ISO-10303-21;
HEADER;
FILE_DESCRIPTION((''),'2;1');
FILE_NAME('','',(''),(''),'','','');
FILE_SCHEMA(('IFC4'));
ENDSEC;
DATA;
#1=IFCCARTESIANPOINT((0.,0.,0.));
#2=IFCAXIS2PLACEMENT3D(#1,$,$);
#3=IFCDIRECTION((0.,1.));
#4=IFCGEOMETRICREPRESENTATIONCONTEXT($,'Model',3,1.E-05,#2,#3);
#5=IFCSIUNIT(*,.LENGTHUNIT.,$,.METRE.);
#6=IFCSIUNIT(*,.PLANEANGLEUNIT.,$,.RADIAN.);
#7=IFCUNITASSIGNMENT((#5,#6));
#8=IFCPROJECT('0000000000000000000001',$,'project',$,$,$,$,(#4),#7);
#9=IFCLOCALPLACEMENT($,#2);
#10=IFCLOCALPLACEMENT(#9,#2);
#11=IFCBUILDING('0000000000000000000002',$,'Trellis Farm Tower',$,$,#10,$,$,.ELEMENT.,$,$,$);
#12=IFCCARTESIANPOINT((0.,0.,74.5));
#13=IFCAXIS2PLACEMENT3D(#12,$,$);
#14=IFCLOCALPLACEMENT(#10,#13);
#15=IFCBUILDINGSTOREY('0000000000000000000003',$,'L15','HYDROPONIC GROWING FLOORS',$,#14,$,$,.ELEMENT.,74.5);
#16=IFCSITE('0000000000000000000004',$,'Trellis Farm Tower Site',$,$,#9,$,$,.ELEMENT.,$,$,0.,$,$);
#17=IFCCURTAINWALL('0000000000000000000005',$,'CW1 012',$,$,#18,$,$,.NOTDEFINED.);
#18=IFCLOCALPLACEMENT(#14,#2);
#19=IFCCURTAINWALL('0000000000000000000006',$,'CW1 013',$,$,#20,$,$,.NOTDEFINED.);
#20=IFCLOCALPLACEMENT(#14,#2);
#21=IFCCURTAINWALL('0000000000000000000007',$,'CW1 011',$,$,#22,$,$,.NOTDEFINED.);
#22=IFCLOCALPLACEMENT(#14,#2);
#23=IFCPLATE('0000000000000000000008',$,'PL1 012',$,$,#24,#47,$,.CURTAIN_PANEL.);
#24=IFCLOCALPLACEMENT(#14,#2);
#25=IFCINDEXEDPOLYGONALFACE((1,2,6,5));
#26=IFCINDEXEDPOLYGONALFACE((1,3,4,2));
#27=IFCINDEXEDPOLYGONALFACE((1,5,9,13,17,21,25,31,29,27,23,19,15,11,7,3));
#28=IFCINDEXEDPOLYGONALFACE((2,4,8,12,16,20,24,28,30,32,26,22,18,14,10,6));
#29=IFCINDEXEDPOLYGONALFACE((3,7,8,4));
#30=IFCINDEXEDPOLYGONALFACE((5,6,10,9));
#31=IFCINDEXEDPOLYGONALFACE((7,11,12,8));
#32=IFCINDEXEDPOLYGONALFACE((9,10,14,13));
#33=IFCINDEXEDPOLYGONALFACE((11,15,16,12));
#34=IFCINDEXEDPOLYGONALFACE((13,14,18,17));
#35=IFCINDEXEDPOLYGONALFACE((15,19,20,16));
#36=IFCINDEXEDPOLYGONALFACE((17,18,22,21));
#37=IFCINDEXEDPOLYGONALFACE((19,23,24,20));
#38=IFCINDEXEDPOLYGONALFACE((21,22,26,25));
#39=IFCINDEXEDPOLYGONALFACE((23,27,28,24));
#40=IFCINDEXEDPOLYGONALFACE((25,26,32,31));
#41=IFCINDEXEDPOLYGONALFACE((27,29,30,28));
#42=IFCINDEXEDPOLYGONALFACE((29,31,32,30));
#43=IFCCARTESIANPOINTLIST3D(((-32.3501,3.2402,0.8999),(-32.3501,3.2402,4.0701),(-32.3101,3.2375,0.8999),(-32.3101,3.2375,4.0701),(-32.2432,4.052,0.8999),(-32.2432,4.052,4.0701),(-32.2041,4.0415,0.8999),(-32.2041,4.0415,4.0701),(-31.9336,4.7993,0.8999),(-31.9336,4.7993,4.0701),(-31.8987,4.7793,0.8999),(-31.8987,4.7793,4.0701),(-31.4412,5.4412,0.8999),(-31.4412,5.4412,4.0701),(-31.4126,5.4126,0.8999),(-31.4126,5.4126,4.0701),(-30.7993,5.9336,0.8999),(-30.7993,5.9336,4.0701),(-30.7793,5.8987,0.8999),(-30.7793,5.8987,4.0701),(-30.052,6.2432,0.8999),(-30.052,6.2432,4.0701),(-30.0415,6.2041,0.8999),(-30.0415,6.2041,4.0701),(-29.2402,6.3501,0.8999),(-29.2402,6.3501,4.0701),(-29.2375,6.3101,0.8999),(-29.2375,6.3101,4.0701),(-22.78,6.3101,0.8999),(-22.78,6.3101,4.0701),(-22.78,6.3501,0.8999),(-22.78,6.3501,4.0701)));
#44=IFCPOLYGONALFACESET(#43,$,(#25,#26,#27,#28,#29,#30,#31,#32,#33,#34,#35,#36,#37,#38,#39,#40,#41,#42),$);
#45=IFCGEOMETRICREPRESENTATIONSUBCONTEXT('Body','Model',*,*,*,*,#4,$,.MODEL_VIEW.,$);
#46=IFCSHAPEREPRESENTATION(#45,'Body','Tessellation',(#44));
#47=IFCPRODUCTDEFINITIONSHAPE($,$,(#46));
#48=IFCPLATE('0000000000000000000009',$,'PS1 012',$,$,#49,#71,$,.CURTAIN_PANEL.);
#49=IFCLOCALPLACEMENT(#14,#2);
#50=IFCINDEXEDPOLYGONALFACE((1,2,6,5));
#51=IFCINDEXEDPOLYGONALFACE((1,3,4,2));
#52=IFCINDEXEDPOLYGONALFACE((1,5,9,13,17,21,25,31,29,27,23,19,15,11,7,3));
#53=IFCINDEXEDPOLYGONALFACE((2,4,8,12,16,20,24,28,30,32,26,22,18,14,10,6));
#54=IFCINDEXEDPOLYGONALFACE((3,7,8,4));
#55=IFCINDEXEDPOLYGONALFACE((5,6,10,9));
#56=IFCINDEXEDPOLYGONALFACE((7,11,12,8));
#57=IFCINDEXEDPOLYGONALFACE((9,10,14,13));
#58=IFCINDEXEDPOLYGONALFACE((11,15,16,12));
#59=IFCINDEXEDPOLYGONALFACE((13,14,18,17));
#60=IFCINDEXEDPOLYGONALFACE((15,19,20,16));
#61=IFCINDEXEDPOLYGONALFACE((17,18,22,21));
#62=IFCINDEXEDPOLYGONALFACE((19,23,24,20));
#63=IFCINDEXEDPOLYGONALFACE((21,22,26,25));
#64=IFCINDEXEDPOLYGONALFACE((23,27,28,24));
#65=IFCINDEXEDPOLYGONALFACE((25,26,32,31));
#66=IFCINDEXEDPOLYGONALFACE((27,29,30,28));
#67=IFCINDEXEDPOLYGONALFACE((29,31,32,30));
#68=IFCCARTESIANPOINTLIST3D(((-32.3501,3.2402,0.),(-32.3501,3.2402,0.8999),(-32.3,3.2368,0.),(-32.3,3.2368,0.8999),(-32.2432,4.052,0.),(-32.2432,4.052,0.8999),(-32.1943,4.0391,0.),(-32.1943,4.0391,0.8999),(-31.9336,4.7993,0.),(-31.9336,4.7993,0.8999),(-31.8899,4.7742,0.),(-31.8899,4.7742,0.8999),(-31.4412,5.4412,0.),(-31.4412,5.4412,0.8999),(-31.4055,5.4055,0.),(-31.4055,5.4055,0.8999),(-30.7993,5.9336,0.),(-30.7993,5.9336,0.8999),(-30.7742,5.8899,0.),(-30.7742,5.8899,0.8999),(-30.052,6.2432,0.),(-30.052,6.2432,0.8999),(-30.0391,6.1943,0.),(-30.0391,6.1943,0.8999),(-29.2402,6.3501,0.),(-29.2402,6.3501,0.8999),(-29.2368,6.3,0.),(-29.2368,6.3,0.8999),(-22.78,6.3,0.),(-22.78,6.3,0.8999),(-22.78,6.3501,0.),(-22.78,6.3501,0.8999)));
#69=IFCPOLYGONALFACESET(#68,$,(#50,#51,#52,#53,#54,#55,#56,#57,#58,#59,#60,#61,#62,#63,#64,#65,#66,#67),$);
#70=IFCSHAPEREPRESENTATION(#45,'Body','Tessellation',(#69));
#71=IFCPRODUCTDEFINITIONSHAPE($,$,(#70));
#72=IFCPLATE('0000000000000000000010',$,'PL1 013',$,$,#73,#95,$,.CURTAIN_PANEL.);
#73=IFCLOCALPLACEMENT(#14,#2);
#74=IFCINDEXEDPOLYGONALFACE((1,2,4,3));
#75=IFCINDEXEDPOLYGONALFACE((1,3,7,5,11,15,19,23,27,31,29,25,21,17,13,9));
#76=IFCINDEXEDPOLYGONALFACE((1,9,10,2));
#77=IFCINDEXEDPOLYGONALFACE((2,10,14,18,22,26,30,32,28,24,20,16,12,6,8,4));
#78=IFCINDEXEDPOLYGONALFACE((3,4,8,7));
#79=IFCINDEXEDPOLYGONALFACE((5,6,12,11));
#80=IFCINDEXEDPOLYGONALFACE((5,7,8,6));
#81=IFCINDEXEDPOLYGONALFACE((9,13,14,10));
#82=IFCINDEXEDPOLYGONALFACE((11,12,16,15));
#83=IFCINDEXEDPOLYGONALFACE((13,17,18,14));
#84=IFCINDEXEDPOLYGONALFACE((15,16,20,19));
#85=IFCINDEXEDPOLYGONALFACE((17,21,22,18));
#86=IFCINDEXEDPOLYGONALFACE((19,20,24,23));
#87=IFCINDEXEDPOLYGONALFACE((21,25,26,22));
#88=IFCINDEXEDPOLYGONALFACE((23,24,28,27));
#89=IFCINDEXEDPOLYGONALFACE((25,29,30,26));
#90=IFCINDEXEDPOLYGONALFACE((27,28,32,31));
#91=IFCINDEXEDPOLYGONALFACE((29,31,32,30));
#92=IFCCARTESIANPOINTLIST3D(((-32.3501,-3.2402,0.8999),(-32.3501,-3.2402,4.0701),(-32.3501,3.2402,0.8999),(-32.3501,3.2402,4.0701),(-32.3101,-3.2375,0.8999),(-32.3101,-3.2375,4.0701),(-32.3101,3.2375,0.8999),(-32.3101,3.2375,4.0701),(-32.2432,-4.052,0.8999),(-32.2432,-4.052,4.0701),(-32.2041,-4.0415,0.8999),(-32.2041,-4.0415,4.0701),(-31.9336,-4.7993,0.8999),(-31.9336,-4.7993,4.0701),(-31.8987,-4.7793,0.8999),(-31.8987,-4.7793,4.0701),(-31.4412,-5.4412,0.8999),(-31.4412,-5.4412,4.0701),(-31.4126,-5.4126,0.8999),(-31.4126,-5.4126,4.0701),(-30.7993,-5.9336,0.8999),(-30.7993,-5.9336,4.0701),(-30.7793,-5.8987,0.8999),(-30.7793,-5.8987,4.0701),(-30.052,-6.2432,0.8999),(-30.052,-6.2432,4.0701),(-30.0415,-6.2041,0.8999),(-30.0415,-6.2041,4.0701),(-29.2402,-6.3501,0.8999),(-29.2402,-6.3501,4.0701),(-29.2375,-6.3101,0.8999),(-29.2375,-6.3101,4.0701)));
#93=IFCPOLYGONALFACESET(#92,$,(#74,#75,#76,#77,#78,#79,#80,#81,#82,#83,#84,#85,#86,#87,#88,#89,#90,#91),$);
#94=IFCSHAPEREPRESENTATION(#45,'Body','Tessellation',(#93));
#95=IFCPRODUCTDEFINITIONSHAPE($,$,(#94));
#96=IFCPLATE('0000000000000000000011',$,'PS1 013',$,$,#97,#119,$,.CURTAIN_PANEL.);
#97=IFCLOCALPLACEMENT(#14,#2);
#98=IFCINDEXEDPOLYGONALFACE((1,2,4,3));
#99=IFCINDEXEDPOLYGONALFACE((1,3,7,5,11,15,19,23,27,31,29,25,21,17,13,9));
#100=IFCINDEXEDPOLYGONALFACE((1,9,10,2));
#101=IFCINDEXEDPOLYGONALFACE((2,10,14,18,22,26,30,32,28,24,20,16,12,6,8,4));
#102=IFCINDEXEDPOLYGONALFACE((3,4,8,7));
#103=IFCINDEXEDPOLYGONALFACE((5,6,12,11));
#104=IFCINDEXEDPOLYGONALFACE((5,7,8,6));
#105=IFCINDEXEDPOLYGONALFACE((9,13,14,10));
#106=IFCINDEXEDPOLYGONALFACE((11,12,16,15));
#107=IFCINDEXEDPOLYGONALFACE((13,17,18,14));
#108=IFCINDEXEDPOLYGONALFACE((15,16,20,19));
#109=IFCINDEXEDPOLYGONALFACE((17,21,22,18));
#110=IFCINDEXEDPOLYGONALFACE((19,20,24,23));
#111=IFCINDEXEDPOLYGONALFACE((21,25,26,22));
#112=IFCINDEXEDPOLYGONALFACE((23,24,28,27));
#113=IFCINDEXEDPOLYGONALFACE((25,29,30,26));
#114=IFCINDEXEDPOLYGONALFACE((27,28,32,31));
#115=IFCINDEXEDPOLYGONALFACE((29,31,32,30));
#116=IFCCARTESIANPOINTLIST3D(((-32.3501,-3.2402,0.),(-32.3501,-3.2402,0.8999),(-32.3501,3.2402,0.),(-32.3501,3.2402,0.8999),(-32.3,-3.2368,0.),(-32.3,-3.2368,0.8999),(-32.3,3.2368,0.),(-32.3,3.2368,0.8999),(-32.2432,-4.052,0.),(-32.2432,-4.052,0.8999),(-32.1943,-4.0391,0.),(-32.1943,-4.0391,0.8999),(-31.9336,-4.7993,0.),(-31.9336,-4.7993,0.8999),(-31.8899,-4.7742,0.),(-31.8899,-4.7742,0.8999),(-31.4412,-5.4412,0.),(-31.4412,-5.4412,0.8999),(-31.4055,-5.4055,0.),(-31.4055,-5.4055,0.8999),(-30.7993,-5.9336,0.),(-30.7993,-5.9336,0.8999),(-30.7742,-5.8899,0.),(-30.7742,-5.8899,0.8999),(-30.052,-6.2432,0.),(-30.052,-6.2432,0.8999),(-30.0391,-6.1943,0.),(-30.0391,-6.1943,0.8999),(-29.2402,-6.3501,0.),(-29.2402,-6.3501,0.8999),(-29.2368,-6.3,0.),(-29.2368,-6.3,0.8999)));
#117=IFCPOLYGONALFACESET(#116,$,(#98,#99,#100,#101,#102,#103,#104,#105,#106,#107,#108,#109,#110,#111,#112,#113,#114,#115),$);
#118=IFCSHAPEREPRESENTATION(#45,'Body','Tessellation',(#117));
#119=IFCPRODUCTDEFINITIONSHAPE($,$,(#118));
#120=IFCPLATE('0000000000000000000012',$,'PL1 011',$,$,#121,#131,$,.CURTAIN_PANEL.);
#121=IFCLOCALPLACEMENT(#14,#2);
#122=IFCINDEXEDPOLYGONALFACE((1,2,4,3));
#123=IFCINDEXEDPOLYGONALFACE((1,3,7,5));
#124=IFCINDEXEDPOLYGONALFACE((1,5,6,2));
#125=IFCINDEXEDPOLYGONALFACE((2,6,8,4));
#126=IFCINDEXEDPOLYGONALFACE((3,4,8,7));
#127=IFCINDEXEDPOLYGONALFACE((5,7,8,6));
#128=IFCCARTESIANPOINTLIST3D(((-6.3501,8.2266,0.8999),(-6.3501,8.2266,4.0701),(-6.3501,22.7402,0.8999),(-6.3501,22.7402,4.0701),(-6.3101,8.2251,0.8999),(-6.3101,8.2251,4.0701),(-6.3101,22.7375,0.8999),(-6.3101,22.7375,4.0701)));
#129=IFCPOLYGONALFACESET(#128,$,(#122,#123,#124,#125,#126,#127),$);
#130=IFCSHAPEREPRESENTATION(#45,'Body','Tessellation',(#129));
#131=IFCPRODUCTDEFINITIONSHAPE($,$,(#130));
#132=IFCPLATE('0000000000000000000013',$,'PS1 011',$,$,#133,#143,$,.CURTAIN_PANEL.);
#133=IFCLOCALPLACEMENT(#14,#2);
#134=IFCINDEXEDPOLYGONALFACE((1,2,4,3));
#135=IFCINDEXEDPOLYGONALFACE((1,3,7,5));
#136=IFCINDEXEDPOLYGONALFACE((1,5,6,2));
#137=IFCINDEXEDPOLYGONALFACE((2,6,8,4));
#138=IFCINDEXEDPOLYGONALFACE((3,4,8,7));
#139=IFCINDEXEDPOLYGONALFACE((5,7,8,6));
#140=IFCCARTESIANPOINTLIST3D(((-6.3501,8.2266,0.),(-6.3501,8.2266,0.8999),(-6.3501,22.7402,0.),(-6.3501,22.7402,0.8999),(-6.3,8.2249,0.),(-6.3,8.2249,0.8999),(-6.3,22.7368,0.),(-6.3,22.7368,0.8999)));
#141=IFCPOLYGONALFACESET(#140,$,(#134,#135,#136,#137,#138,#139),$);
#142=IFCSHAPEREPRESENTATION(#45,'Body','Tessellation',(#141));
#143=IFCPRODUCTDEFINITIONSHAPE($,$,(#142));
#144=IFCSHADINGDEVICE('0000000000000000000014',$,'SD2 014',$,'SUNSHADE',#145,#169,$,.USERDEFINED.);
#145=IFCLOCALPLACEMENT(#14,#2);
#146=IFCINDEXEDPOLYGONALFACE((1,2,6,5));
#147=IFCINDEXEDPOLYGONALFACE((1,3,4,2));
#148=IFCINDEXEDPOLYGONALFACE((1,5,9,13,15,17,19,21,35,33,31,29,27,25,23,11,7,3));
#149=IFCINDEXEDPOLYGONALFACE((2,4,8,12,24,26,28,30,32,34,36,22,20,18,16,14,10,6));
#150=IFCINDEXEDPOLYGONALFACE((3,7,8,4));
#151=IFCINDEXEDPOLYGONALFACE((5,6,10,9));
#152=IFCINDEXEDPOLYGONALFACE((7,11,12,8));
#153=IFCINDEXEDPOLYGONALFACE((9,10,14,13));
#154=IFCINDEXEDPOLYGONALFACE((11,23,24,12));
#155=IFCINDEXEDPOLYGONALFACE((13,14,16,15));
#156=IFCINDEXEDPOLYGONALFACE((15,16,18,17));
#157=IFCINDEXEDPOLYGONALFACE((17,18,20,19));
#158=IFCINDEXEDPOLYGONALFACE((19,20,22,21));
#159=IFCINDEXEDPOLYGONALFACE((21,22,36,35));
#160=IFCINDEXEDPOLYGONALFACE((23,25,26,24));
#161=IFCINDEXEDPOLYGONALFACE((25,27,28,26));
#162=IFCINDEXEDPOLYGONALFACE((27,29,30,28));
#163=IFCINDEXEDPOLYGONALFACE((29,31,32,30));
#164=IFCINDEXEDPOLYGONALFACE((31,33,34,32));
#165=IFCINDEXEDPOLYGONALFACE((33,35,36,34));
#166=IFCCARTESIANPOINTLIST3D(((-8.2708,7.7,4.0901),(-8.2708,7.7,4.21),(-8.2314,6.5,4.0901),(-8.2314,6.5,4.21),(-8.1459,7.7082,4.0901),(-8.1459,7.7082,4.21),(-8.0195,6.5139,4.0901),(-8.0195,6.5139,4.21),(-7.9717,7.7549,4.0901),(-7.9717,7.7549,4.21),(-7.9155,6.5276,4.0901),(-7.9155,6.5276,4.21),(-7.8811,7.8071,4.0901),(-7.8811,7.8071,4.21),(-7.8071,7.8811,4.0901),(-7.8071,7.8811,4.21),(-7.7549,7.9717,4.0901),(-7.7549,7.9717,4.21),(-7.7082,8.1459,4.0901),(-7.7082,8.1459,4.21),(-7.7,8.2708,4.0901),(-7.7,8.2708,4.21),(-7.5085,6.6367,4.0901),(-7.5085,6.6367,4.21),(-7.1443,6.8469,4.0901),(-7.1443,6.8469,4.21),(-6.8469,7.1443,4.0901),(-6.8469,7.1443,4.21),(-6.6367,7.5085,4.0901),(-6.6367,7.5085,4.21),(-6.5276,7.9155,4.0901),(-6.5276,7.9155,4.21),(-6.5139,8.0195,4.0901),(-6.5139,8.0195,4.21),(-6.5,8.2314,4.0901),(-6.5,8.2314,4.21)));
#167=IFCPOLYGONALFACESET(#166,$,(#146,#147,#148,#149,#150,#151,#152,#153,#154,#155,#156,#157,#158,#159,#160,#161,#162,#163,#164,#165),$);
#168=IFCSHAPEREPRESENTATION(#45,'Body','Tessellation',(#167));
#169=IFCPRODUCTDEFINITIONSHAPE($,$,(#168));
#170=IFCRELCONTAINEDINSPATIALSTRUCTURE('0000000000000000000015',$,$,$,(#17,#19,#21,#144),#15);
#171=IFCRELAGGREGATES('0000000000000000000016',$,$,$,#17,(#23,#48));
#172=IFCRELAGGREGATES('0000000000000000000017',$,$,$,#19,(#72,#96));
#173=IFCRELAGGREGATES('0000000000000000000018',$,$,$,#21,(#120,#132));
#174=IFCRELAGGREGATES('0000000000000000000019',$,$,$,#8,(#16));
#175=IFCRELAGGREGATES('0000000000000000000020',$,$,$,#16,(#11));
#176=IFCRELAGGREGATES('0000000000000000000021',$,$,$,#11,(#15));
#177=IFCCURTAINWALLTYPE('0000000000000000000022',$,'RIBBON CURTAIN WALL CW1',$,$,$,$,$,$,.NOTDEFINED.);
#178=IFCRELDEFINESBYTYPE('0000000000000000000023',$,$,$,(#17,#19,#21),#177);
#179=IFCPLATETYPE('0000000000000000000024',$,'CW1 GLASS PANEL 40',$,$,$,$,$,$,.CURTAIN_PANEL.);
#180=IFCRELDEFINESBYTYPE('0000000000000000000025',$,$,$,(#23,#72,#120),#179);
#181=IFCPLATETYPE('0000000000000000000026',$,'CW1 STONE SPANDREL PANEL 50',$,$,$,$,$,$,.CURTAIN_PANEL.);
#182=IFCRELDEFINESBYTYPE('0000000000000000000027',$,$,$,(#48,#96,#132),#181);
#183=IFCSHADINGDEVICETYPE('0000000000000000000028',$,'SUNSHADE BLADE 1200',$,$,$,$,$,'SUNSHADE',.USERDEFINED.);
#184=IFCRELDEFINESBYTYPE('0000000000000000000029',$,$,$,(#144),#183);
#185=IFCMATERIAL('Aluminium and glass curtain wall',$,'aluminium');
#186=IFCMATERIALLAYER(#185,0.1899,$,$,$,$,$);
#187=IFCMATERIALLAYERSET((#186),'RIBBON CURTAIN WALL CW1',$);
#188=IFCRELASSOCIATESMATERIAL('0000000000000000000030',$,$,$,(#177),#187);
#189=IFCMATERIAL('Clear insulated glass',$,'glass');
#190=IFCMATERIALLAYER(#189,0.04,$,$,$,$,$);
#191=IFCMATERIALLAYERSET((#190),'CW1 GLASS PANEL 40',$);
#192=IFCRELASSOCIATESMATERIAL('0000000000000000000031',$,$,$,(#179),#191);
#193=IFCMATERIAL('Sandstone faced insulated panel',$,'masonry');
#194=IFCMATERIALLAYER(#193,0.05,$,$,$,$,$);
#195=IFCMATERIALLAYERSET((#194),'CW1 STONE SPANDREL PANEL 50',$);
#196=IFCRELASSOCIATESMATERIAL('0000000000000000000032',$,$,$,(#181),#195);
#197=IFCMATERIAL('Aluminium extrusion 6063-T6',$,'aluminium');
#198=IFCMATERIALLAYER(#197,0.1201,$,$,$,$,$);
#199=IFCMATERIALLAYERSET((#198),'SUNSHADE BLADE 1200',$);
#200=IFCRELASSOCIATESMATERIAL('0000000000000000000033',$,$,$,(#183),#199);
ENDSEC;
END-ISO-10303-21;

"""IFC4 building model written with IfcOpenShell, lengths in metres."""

from ifc_helpers import new_model, si_unit, direction, frame, origin, place, context, subcontext, project, spatial, polyline, outline, extrude, source, transform, mapped, material, layer, layer_set, type_object, element, aggregate, save


model = new_model("IFC4")

# Units and contexts
model_context = context("Model", 3, precision=1e-05, world=origin(), true_north=direction((0.0, 1.0)))
body_context = subcontext(model_context, "Body", "Model", "MODEL_VIEW")
ifc_project = project(units=[si_unit("LENGTHUNIT", "METRE"), si_unit("PLANEANGLEUNIT", "RADIAN")], contexts=[model_context])

# Site, building, storey
site_placement = place(None, origin())
site = spatial("IfcSite", under=ifc_project, at=site_placement, Name="Trellis Farm Tower Site", CompositionType="ELEMENT", RefElevation=0.0)
building_placement = place(site_placement, origin())
building = spatial("IfcBuilding", under=site, at=building_placement, Name="Trellis Farm Tower", CompositionType="ELEMENT")
storey_placement = place(building_placement, frame((0.0, 0.0, 74.5)))
storey = spatial("IfcBuildingStorey", under=building, at=storey_placement, Name="L15", Description="HYDROPONIC GROWING FLOORS", CompositionType="ELEMENT", Elevation=74.5)

# Curtain walls
ifc_material_1 = material(Name="Aluminium and glass curtain wall", Category="aluminium")
placement_1 = place(storey_placement, origin())
ifc_material_2 = material(Name="Aluminium extrusion 6063-T6", Category="aluminium")
ifc_layer_1 = layer(ifc_material_1, 0.1899)
ifc_layer_set_1 = layer_set([ifc_layer_1], Name="RIBBON CURTAIN WALL CW1")
curtain_wall_type_1 = type_object("IfcCurtainWallType", Name="RIBBON CURTAIN WALL CW1", PredefinedType="NOTDEFINED", material=ifc_layer_set_1)
curtain_wall_1 = element("IfcCurtainWall", 1, at=placement_1, inside=storey, type_object=curtain_wall_type_1, Name="CW1 012", PredefinedType="NOTDEFINED")
curtain_wall_2 = element("IfcCurtainWall", 2, at=placement_1, inside=storey, type_object=curtain_wall_type_1, Name="CW1 013", PredefinedType="NOTDEFINED")
curtain_wall_3 = element("IfcCurtainWall", 3, at=placement_1, inside=storey, type_object=curtain_wall_type_1, Name="CW1 011", PredefinedType="NOTDEFINED")

# Plates
ifc_material_3 = material(Name="Clear insulated glass", Category="glass")
ifc_layer_2 = layer(ifc_material_3, 0.04)
ifc_layer_set_2 = layer_set([ifc_layer_2], Name="CW1 GLASS PANEL 40")
plate_type_1 = type_object("IfcPlateType", Name="CW1 GLASS PANEL 40", PredefinedType="CURTAIN_PANEL", material=ifc_layer_set_2)
shared_shape_1 = source(origin(), body_context, "Body", "SweptSolid", [
    extrude(outline(polyline([(-22.78, 6.3501), (-29.2402, 6.3501), (-30.052, 6.2432), (-30.7993, 5.9336), (-31.4412, 5.4412), (-31.9336, 4.7993), (-32.2432, 4.052), (-32.3501, 3.2402), (-32.3101, 3.2375), (-32.2041, 4.0415), (-31.8987, 4.7793), (-31.4126, 5.4126), (-30.7793, 5.8987), (-30.0415, 6.2041), (-29.2375, 6.3101), (-22.78, 6.3101), (-22.78, 6.3501)])), origin(), (0.0, 0.0, 1.0), 3.1702),
])
placement_2 = place(storey_placement, frame((0.0, 0.0, 0.8999)))
plate_1 = element("IfcPlate", 4, at=placement_2, type_object=plate_type_1, Name="PL1 012", PredefinedType="CURTAIN_PANEL", context=body_context, shape_type="MappedRepresentation", body=[
    mapped(shared_shape_1, transform((0.0, 0.0, 0.0))),
])
ifc_material_4 = material(Name="Sandstone faced insulated panel", Category="masonry")
ifc_layer_3 = layer(ifc_material_4, 0.05)
ifc_layer_set_3 = layer_set([ifc_layer_3], Name="CW1 STONE SPANDREL PANEL 50")
plate_type_2 = type_object("IfcPlateType", Name="CW1 STONE SPANDREL PANEL 50", PredefinedType="CURTAIN_PANEL", material=ifc_layer_set_3)
shared_shape_2 = source(origin(), body_context, "Body", "SweptSolid", [
    extrude(outline(polyline([(-22.78, 6.3501), (-29.2402, 6.3501), (-30.052, 6.2432), (-30.7993, 5.9336), (-31.4412, 5.4412), (-31.9336, 4.7993), (-32.2432, 4.052), (-32.3501, 3.2402), (-32.3, 3.2368), (-32.1943, 4.0391), (-31.8899, 4.7742), (-31.4055, 5.4055), (-30.7742, 5.8899), (-30.0391, 6.1943), (-29.2368, 6.3), (-22.78, 6.3), (-22.78, 6.3501)])), origin(), (0.0, 0.0, 1.0), 0.8999),
])
plate_2 = element("IfcPlate", 5, at=placement_1, type_object=plate_type_2, Name="PS1 012", PredefinedType="CURTAIN_PANEL", context=body_context, shape_type="MappedRepresentation", body=[
    mapped(shared_shape_2, transform((0.0, 0.0, 0.0))),
])
aggregate(curtain_wall_1, [plate_1, plate_2])
shared_shape_3 = source(origin(), body_context, "Body", "SweptSolid", [
    extrude(outline(polyline([(-32.3501, 3.2402), (-32.3501, -3.2402), (-32.2432, -4.052), (-31.9336, -4.7993), (-31.4412, -5.4412), (-30.7993, -5.9336), (-30.052, -6.2432), (-29.2402, -6.3501), (-29.2375, -6.3101), (-30.0415, -6.2041), (-30.7793, -5.8987), (-31.4126, -5.4126), (-31.8987, -4.7793), (-32.2041, -4.0415), (-32.3101, -3.2375), (-32.3101, 3.2375), (-32.3501, 3.2402)])), origin(), (0.0, 0.0, 1.0), 3.1702),
])
plate_3 = element("IfcPlate", 6, at=placement_2, type_object=plate_type_1, Name="PL1 013", PredefinedType="CURTAIN_PANEL", context=body_context, shape_type="MappedRepresentation", body=[
    mapped(shared_shape_3, transform((0.0, 0.0, 0.0))),
])
shared_shape_4 = source(origin(), body_context, "Body", "SweptSolid", [
    extrude(outline(polyline([(-32.3501, 3.2402), (-32.3501, -3.2402), (-32.2432, -4.052), (-31.9336, -4.7993), (-31.4412, -5.4412), (-30.7993, -5.9336), (-30.052, -6.2432), (-29.2402, -6.3501), (-29.2368, -6.3), (-30.0391, -6.1943), (-30.7742, -5.8899), (-31.4055, -5.4055), (-31.8899, -4.7742), (-32.1943, -4.0391), (-32.3, -3.2368), (-32.3, 3.2368), (-32.3501, 3.2402)])), origin(), (0.0, 0.0, 1.0), 0.8999),
])
plate_4 = element("IfcPlate", 7, at=placement_1, type_object=plate_type_2, Name="PS1 013", PredefinedType="CURTAIN_PANEL", context=body_context, shape_type="MappedRepresentation", body=[
    mapped(shared_shape_4, transform((0.0, 0.0, 0.0))),
])
aggregate(curtain_wall_2, [plate_3, plate_4])
shared_shape_5 = source(origin(), body_context, "Body", "SweptSolid", [
    extrude(outline(polyline([(-6.3501, 22.7402), (-6.3501, 8.2266), (-6.3101, 8.2251), (-6.3101, 22.7375), (-6.3501, 22.7402)])), origin(), (0.0, 0.0, 1.0), 3.1702),
])
plate_5 = element("IfcPlate", 8, at=placement_2, type_object=plate_type_1, Name="PL1 011", PredefinedType="CURTAIN_PANEL", context=body_context, shape_type="MappedRepresentation", body=[
    mapped(shared_shape_5, transform((0.0, 0.0, 0.0))),
])
shared_shape_6 = source(origin(), body_context, "Body", "SweptSolid", [
    extrude(outline(polyline([(-6.3501, 22.7402), (-6.3501, 8.2266), (-6.3, 8.2249), (-6.3, 22.7368), (-6.3501, 22.7402)])), origin(), (0.0, 0.0, 1.0), 0.8999),
])
plate_6 = element("IfcPlate", 9, at=placement_1, type_object=plate_type_2, Name="PS1 011", PredefinedType="CURTAIN_PANEL", context=body_context, shape_type="MappedRepresentation", body=[
    mapped(shared_shape_6, transform((0.0, 0.0, 0.0))),
])
aggregate(curtain_wall_3, [plate_5, plate_6])

# Shading device
ifc_layer_4 = layer(ifc_material_2, 0.1201)
ifc_layer_set_4 = layer_set([ifc_layer_4], Name="SUNSHADE BLADE 1200")
shading_device_type_1 = type_object("IfcShadingDeviceType", Name="SUNSHADE BLADE 1200", ElementType="SUNSHADE", PredefinedType="USERDEFINED", material=ifc_layer_set_4)
shared_shape_7 = source(origin(), body_context, "Body", "SweptSolid", [
    extrude(outline(polyline([(-7.7, 8.2708), (-7.7087, 8.1372), (-7.707, 8.1501), (-7.7549, 7.9717), (-7.8071, 7.8811), (-7.8811, 7.8071), (-7.9717, 7.7549), (-8.1501, 7.707), (-8.1372, 7.7087), (-8.2708, 7.7), (-8.2314, 6.5), (-8.0195, 6.5139), (-7.9155, 6.5276), (-7.5085, 6.6367), (-7.1443, 6.8469), (-6.8469, 7.1443), (-6.6367, 7.5085), (-6.5276, 7.9155), (-6.5139, 8.0195), (-6.5, 8.2314), (-7.7, 8.2708)])), origin(), (0.0, 0.0, 1.0), 0.1199),
])
placement_3 = place(storey_placement, frame((0.0, 0.0, 4.0901)))
element("IfcShadingDevice", 10, at=placement_3, inside=storey, type_object=shading_device_type_1, Name="SD2 014", ObjectType="SUNSHADE", PredefinedType="USERDEFINED", context=body_context, shape_type="MappedRepresentation", body=[
    mapped(shared_shape_7, transform((0.0, 0.0, 0.0))),
])

save(model, "model.ifc")
